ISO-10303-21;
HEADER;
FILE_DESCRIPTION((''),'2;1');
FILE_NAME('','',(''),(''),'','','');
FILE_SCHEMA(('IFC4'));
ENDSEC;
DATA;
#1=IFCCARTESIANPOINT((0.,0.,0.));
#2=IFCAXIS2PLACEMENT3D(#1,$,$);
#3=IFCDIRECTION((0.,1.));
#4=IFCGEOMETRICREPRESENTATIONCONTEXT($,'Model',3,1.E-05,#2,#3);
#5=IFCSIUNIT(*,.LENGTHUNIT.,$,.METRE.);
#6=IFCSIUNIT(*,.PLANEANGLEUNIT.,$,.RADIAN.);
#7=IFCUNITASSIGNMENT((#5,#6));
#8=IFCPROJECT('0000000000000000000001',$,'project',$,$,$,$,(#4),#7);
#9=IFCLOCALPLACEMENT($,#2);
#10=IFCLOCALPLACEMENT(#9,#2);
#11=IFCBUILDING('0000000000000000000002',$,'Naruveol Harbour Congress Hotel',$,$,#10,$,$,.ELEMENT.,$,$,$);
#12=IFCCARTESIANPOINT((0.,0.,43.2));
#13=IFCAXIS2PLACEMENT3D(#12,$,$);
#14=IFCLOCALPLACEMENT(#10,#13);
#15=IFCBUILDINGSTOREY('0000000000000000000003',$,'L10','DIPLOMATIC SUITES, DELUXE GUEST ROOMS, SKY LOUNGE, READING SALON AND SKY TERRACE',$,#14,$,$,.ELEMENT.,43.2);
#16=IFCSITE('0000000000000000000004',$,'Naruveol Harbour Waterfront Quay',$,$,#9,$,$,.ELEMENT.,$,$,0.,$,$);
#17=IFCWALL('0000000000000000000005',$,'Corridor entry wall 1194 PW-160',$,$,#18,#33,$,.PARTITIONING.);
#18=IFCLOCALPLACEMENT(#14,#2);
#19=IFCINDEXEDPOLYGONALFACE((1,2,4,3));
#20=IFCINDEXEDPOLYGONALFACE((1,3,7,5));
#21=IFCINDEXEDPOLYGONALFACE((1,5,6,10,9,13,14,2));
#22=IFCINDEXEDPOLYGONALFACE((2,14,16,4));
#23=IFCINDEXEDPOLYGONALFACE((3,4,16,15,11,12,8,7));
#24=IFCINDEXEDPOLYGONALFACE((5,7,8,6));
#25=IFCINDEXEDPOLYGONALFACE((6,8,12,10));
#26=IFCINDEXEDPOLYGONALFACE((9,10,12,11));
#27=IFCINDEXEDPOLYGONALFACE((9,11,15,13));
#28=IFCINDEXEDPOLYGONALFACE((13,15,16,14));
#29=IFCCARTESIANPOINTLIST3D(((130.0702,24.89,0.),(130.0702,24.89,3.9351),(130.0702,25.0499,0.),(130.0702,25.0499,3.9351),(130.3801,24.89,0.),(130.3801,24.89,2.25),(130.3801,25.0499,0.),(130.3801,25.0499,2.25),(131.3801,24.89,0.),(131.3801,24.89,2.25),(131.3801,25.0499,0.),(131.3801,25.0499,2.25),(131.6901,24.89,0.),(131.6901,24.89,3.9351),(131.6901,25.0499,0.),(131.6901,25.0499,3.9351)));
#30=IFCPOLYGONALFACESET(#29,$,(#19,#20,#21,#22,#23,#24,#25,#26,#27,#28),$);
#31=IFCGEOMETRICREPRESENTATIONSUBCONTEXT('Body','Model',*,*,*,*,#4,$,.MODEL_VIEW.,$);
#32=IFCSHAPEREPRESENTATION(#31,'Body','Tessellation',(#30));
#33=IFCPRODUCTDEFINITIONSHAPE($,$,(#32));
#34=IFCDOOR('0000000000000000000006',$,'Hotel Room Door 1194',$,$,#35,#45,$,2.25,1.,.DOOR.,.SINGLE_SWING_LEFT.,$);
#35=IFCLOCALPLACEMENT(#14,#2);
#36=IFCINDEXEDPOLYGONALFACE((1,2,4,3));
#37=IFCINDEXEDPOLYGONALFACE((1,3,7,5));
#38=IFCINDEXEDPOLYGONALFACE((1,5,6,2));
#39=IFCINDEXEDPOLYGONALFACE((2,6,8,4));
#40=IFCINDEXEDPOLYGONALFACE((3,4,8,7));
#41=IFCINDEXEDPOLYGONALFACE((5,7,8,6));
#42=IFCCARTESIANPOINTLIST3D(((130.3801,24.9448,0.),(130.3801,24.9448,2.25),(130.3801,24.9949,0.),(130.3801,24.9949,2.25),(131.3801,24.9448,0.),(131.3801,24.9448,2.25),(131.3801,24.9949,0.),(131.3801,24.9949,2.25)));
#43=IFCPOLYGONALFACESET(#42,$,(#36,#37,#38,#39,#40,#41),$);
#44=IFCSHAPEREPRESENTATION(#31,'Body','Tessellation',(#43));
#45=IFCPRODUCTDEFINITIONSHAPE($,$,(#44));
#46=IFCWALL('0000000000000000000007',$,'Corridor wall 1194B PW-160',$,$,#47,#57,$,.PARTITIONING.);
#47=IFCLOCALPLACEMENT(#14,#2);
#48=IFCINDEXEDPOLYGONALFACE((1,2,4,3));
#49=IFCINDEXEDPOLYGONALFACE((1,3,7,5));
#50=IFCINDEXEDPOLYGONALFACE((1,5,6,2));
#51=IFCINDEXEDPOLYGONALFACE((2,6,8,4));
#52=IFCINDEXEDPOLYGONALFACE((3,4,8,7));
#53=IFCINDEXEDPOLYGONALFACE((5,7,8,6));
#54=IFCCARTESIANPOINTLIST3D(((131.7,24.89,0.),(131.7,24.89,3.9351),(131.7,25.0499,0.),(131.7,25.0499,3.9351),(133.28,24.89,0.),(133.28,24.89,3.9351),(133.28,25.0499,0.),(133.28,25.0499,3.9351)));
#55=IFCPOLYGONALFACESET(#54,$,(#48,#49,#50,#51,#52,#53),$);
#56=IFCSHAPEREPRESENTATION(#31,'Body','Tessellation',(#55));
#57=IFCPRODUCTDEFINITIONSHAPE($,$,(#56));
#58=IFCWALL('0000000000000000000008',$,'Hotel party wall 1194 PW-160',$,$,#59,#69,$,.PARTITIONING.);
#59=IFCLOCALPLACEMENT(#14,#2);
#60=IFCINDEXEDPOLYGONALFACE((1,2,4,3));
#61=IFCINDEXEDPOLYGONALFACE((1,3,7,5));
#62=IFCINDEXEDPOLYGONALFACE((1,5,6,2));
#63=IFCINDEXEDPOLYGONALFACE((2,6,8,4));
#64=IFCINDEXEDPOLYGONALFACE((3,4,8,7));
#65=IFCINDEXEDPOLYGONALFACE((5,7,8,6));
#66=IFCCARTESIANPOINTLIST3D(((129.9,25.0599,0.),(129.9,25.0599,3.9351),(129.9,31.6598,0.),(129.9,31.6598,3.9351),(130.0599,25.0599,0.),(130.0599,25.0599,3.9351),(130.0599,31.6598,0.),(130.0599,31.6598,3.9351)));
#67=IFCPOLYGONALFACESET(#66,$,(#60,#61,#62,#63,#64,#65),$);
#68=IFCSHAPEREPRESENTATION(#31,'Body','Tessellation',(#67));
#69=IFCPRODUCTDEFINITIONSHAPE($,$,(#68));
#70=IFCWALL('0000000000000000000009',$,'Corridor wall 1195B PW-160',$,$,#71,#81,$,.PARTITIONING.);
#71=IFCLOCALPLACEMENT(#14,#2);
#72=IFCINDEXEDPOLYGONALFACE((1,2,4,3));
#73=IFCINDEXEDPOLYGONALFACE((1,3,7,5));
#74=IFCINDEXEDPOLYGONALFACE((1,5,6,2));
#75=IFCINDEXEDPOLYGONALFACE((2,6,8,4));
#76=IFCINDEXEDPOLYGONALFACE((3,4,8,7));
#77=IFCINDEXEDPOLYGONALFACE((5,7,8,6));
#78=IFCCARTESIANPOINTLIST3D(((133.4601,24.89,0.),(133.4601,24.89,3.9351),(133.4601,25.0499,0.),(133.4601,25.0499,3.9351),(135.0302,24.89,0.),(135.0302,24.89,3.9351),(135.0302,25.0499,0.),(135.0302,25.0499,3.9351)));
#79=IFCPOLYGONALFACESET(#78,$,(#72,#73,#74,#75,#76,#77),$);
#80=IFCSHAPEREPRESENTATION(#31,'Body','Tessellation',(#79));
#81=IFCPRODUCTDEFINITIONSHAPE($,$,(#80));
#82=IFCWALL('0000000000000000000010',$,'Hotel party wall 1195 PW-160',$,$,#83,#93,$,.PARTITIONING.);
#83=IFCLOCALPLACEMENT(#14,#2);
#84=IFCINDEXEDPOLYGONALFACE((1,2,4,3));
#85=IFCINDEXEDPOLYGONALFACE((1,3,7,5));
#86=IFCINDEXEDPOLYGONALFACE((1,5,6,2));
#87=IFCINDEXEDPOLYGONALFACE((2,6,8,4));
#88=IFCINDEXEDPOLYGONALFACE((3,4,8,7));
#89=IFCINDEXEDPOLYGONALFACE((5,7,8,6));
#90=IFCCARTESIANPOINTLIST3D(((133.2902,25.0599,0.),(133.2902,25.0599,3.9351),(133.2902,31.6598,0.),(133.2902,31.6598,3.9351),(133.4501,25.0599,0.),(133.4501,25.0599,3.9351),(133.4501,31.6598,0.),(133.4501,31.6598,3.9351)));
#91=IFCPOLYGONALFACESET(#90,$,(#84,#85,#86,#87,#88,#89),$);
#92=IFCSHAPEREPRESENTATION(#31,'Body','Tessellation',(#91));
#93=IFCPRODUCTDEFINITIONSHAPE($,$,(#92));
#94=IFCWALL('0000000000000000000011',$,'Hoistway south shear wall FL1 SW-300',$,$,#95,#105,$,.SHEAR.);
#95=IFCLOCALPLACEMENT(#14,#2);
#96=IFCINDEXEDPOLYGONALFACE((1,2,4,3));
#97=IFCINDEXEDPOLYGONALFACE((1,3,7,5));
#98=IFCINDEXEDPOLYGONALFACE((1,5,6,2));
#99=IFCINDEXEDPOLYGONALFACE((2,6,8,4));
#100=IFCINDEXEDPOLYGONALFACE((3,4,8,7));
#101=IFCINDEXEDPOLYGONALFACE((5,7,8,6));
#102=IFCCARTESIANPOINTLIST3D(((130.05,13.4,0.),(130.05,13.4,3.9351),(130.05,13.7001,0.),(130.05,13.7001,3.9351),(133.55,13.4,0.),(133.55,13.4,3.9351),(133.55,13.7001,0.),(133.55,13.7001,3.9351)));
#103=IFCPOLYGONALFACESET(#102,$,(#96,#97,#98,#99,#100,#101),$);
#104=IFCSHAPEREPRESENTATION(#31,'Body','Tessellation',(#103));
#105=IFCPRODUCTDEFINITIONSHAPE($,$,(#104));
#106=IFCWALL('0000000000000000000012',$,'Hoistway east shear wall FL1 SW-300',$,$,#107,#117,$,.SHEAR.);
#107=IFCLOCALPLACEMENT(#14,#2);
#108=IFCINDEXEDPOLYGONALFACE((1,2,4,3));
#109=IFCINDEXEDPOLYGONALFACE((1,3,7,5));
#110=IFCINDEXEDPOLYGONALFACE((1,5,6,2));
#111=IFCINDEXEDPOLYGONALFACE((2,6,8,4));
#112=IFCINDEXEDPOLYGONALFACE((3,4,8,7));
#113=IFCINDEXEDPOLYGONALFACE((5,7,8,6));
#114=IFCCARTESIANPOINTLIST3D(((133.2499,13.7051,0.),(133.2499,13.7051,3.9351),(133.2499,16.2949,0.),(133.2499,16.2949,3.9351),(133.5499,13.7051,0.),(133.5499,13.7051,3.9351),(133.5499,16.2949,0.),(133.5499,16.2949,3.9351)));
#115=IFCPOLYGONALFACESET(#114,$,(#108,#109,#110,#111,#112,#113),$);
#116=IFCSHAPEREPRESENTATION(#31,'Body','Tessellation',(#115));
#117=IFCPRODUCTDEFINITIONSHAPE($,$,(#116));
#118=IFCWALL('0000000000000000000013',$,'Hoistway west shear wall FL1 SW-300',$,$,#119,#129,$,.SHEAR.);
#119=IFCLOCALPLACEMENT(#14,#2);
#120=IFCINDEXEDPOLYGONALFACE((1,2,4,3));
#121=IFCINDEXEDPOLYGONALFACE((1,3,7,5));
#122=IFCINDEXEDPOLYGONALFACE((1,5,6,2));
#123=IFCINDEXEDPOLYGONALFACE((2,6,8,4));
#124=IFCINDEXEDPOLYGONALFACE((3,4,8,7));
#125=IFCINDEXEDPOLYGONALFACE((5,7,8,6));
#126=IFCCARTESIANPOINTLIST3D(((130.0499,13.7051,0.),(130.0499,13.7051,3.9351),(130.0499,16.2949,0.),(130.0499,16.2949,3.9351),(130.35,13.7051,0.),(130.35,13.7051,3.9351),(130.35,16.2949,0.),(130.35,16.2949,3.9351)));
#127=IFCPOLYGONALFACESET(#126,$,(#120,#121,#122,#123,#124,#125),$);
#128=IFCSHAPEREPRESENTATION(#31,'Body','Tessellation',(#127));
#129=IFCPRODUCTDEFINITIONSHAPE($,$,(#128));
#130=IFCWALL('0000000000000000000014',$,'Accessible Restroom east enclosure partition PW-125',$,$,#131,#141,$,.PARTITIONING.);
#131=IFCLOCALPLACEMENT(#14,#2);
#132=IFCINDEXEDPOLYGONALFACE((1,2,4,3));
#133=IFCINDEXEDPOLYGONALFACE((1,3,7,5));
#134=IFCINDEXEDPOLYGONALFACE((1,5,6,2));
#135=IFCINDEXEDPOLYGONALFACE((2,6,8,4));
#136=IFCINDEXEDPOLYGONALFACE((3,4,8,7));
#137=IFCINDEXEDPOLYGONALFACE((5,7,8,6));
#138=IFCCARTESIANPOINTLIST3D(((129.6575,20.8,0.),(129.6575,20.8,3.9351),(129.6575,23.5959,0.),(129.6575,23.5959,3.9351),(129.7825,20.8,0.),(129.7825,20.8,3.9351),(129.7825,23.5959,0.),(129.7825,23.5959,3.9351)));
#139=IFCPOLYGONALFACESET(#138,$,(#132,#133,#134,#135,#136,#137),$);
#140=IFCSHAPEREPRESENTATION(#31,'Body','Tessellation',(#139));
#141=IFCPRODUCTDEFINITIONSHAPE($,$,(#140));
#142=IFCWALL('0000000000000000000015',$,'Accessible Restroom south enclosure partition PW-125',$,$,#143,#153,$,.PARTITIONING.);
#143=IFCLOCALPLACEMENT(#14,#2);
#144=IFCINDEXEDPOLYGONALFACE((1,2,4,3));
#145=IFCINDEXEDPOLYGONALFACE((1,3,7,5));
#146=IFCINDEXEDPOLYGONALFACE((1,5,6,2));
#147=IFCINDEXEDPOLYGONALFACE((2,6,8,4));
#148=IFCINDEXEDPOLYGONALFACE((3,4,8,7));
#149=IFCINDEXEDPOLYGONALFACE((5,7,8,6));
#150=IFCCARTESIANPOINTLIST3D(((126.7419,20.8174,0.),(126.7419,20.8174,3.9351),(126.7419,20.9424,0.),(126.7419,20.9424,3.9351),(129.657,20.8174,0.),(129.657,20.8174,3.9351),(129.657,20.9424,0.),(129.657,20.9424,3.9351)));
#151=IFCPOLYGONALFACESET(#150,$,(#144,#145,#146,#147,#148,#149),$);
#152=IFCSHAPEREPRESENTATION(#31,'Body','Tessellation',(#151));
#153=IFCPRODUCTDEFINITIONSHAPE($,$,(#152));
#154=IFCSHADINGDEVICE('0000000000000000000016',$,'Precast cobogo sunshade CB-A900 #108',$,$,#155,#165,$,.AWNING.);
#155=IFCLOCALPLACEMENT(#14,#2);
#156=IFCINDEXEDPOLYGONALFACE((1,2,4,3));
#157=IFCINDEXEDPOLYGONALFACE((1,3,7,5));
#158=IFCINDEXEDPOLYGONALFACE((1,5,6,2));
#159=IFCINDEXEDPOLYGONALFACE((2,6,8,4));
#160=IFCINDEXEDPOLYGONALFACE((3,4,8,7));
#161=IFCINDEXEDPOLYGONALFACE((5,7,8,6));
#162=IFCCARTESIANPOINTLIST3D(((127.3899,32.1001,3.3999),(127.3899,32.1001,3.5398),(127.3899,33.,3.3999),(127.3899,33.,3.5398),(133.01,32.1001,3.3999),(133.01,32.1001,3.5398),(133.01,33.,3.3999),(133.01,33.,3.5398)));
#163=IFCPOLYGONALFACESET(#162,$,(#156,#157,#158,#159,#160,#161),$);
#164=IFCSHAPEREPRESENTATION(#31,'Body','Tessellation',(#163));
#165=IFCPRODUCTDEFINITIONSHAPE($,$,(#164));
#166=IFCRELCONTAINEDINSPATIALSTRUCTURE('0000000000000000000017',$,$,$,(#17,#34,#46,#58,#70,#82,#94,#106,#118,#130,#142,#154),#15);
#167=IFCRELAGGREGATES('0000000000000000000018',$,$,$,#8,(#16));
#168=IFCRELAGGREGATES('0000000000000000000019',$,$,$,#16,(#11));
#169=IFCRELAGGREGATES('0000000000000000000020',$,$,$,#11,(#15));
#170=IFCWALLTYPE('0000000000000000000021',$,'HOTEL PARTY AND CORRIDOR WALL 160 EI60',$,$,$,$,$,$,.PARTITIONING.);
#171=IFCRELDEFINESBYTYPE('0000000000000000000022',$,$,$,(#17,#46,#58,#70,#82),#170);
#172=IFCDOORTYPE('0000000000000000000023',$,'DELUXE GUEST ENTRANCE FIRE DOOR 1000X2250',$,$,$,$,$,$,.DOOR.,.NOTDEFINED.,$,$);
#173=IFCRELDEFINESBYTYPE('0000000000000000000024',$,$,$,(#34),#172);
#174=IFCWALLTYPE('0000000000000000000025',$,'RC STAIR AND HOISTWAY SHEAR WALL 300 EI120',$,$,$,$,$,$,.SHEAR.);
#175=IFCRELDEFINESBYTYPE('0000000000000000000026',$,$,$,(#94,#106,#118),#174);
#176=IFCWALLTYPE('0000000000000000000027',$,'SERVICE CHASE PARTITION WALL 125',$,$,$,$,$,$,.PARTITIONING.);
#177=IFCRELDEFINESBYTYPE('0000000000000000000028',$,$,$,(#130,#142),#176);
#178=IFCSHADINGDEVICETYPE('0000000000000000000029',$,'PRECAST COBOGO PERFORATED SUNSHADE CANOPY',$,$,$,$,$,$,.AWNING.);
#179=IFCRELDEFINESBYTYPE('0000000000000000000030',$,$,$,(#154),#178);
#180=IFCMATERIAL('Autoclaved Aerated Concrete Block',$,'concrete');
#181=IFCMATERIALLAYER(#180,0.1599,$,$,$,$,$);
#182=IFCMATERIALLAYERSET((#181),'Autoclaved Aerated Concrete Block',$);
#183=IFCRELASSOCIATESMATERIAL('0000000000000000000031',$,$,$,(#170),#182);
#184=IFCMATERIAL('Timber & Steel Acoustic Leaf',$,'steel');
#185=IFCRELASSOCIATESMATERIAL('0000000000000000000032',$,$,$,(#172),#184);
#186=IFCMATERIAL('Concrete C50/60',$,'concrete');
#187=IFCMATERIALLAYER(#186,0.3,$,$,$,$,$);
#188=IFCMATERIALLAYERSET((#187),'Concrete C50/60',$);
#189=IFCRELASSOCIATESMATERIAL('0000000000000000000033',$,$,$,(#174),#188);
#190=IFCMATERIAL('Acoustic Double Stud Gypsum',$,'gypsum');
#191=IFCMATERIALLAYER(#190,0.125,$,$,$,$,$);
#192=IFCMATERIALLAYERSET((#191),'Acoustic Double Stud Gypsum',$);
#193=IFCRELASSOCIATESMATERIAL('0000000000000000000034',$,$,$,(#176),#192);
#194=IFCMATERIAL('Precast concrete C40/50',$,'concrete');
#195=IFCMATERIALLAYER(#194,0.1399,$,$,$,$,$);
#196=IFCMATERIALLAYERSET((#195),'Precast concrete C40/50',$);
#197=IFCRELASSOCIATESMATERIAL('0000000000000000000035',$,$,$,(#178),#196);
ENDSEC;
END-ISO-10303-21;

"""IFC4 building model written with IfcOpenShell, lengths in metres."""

from ifc_helpers import new_model, si_unit, direction, frame, frame_2d, origin, origin_2d, place, context, subcontext, project, spatial, rectangle, extrude, material, layer, layer_set, type_object, element, fill, save


model = new_model("IFC4")

# Units and contexts
model_context = context("Model", 3, precision=1e-05, world=origin(), true_north=direction((0.0, 1.0)))
body_context = subcontext(model_context, "Body", "Model", "MODEL_VIEW")
ifc_project = project(units=[si_unit("LENGTHUNIT", "METRE"), si_unit("PLANEANGLEUNIT", "RADIAN")], contexts=[model_context])

# Site, building, storey
site_placement = place(None, origin())
site = spatial("IfcSite", under=ifc_project, at=site_placement, Name="Naruveol Harbour Waterfront Quay", CompositionType="ELEMENT", RefElevation=0.0)
building_placement = place(site_placement, origin())
building = spatial("IfcBuilding", under=site, at=building_placement, Name="Naruveol Harbour Congress Hotel", CompositionType="ELEMENT")
storey_placement = place(building_placement, frame((0.0, 0.0, 43.2)))
storey = spatial("IfcBuildingStorey", under=building, at=storey_placement, Name="L10", Description="DIPLOMATIC SUITES, DELUXE GUEST ROOMS, SKY LOUNGE, READING SALON AND SKY TERRACE", CompositionType="ELEMENT", Elevation=43.2)

# Wall, opening, door
ifc_material_1 = material(Name="Autoclaved Aerated Concrete Block", Category="concrete")
ifc_layer_1 = layer(ifc_material_1, 0.1599)
ifc_layer_set_1 = layer_set([ifc_layer_1], Name="Autoclaved Aerated Concrete Block")
wall_type_1 = type_object("IfcWallType", Name="HOTEL PARTY AND CORRIDOR WALL 160 EI60", PredefinedType="PARTITIONING", material=ifc_layer_set_1)
wall_1_placement = place(storey_placement, frame((130.0701, 24.97, 0.0), z_axis=(0.0, 0.0, 1.0), x_axis=(1.0, 0.0, 0.0)))
wall_1 = element("IfcWall", 1, at=wall_1_placement, inside=storey, type_object=wall_type_1, Name="Corridor entry wall 1194 PW-160", PredefinedType="PARTITIONING", context=body_context, shape_type="SweptSolid", body=[
    extrude(rectangle(XDim=1.6199, YDim=0.1599, at=frame_2d((0.8101, 0.0))), origin(), (0.0, 0.0, 1.0), 3.9351),
])
opening_1_placement = place(wall_1_placement, frame((0.3101, 0.0, 0.0)))
opening_1 = element("IfcOpeningElement", 2, at=opening_1_placement, cuts=wall_1, PredefinedType="OPENING", context=body_context, shape_type="SweptSolid", body=[
    extrude(rectangle(XDim=1.0, YDim=2.25, at=frame_2d((0.5, 1.125))), frame((0.0, 0.0898, 0.0), z_axis=(0.0, -1.0, 0.0), x_axis=(1.0, 0.0, 0.0)), (0.0, 0.0, 1.0), 0.1799),
])
ifc_material_2 = material(Name="Timber & Steel Acoustic Leaf", Category="steel")
door_type_1 = type_object("IfcDoorType", Name="DELUXE GUEST ENTRANCE FIRE DOOR 1000X2250", OperationType="NOTDEFINED", PredefinedType="DOOR", material=ifc_material_2)
door_1_placement = place(opening_1_placement, origin())
door_1 = element("IfcDoor", 3, at=door_1_placement, inside=storey, type_object=door_type_1, Name="Hotel Room Door 1194", OperationType="SINGLE_SWING_LEFT", OverallHeight=2.25, OverallWidth=1.0, PredefinedType="DOOR", context=body_context, shape_type="SweptSolid", body=[
    extrude(rectangle(XDim=1.0, YDim=2.25, at=frame_2d((0.5, 1.125))), frame((0.0, 0.0249, 0.0), z_axis=(0.0, -1.0, 0.0), x_axis=(1.0, 0.0, 0.0)), (0.0, 0.0, 1.0), 0.05),
])
fill(opening_1, door_1)

# Walls
wall_2_placement = place(storey_placement, frame((131.7, 24.97, 0.0), z_axis=(0.0, 0.0, 1.0), x_axis=(1.0, 0.0, 0.0)))
element("IfcWall", 4, at=wall_2_placement, inside=storey, type_object=wall_type_1, Name="Corridor wall 1194B PW-160", PredefinedType="PARTITIONING", context=body_context, shape_type="SweptSolid", body=[
    extrude(rectangle(XDim=1.5801, YDim=0.1599, at=frame_2d((0.79, 0.0))), origin(), (0.0, 0.0, 1.0), 3.9351),
])
wall_3_placement = place(storey_placement, frame((129.98, 25.0601, 0.0), z_axis=(0.0, 0.0, 1.0), x_axis=(0.0, 1.0, 0.0)))
element("IfcWall", 5, at=wall_3_placement, inside=storey, type_object=wall_type_1, Name="Hotel party wall 1194 PW-160", PredefinedType="PARTITIONING", context=body_context, shape_type="SweptSolid", body=[
    extrude(rectangle(XDim=6.5999, YDim=0.1599, at=frame_2d((3.2998, 0.0))), origin(), (0.0, 0.0, 1.0), 3.9351),
])
wall_4_placement = place(storey_placement, frame((133.46, 24.97, 0.0), z_axis=(0.0, 0.0, 1.0), x_axis=(1.0, 0.0, 0.0)))
element("IfcWall", 6, at=wall_4_placement, inside=storey, type_object=wall_type_1, Name="Corridor wall 1195B PW-160", PredefinedType="PARTITIONING", context=body_context, shape_type="SweptSolid", body=[
    extrude(rectangle(XDim=1.5701, YDim=0.1599, at=frame_2d((0.7852, 0.0))), origin(), (0.0, 0.0, 1.0), 3.9351),
])
wall_5_placement = place(storey_placement, frame((133.3701, 25.0601, 0.0), z_axis=(0.0, 0.0, 1.0), x_axis=(0.0, 1.0, 0.0)))
element("IfcWall", 7, at=wall_5_placement, inside=storey, type_object=wall_type_1, Name="Hotel party wall 1195 PW-160", PredefinedType="PARTITIONING", context=body_context, shape_type="SweptSolid", body=[
    extrude(rectangle(XDim=6.5999, YDim=0.1599, at=frame_2d((3.2998, 0.0))), origin(), (0.0, 0.0, 1.0), 3.9351),
])
ifc_material_3 = material(Name="Concrete C50/60", Category="concrete")
ifc_layer_2 = layer(ifc_material_3, 0.3)
ifc_layer_set_2 = layer_set([ifc_layer_2], Name="Concrete C50/60")
wall_type_2 = type_object("IfcWallType", Name="RC STAIR AND HOISTWAY SHEAR WALL 300 EI120", PredefinedType="SHEAR", material=ifc_layer_set_2)
wall_6_placement = place(storey_placement, frame((130.05, 13.55, 0.0), z_axis=(0.0, 0.0, 1.0), x_axis=(1.0, 0.0, 0.0)))
element("IfcWall", 8, at=wall_6_placement, inside=storey, type_object=wall_type_2, Name="Hoistway south shear wall FL1 SW-300", PredefinedType="SHEAR", context=body_context, shape_type="SweptSolid", body=[
    extrude(rectangle(XDim=3.5, YDim=0.3, at=frame_2d((1.75, 0.0))), origin(), (0.0, 0.0, 1.0), 3.9351),
])
for number, where, z_axis, x_axis, name in (
    (9, (133.3999, 13.7051, 0.0), (0.0, 0.0, 1.0), (0.0, 1.0, 0.0), "Hoistway east shear wall FL1 SW-300"),
    (10, (130.2, 16.2949, 0.0), (0.0, 0.0, 1.0), (0.0, -1.0, 0.0), "Hoistway west shear wall FL1 SW-300"),
):
    element("IfcWall", number, at=place(storey_placement, frame(where, z_axis=z_axis, x_axis=x_axis)), inside=storey, type_object=wall_type_2, Name=name, PredefinedType="SHEAR", context=body_context, shape_type="SweptSolid", body=[
        extrude(rectangle(XDim=2.5898, YDim=0.3, at=frame_2d((1.2949, 0.0))), origin(), (0.0, 0.0, 1.0), 3.9351),
    ])

# Shared definitions
ifc_material_4 = material(Name="Acoustic Double Stud Gypsum", Category="gypsum")
ifc_layer_3 = layer(ifc_material_4, 0.125)
ifc_layer_set_3 = layer_set([ifc_layer_3], Name="Acoustic Double Stud Gypsum")
wall_type_3 = type_object("IfcWallType", Name="SERVICE CHASE PARTITION WALL 125", PredefinedType="PARTITIONING", material=ifc_layer_set_3)

# Walls
wall_7_placement = place(storey_placement, frame((129.72, 20.8, 0.0), z_axis=(0.0, 0.0, 1.0), x_axis=(0.0, 1.0, 0.0)))
element("IfcWall", 11, at=wall_7_placement, inside=storey, type_object=wall_type_3, Name="Accessible Restroom east enclosure partition PW-125", PredefinedType="PARTITIONING", context=body_context, shape_type="SweptSolid", body=[
    extrude(rectangle(XDim=2.7959, YDim=0.125, at=frame_2d((1.3979, 0.0))), origin(), (0.0, 0.0, 1.0), 3.9351),
])
wall_8_placement = place(storey_placement, frame((126.7419, 20.8799, 0.0), z_axis=(0.0, 0.0, 1.0), x_axis=(1.0, 0.0, 0.0)))
element("IfcWall", 12, at=wall_8_placement, inside=storey, type_object=wall_type_3, Name="Accessible Restroom south enclosure partition PW-125", PredefinedType="PARTITIONING", context=body_context, shape_type="SweptSolid", body=[
    extrude(rectangle(XDim=2.915, YDim=0.125, at=frame_2d((1.4575, 0.0))), origin(), (0.0, 0.0, 1.0), 3.9351),
])

# Shading device
ifc_material_5 = material(Name="Precast concrete C40/50", Category="concrete")
ifc_layer_4 = layer(ifc_material_5, 0.1399)
ifc_layer_set_4 = layer_set([ifc_layer_4], Name="Precast concrete C40/50")
shading_device_type = type_object("IfcShadingDeviceType", Name="PRECAST COBOGO PERFORATED SUNSHADE CANOPY", PredefinedType="AWNING", material=ifc_layer_set_4)
shading_device_placement = place(storey_placement, frame((130.2, 32.55, 3.3999), z_axis=(0.0, 0.0, 1.0), x_axis=(1.0, 0.0, 0.0)))
element("IfcShadingDevice", 13, at=shading_device_placement, inside=storey, type_object=shading_device_type, Name="Precast cobogo sunshade CB-A900 #108", PredefinedType="AWNING", context=body_context, shape_type="SweptSolid", body=[
    extrude(rectangle(XDim=5.6201, YDim=0.8999, at=origin_2d()), origin(), (0.0, 0.0, 1.0), 0.1399),
])

save(model, "model.ifc")
